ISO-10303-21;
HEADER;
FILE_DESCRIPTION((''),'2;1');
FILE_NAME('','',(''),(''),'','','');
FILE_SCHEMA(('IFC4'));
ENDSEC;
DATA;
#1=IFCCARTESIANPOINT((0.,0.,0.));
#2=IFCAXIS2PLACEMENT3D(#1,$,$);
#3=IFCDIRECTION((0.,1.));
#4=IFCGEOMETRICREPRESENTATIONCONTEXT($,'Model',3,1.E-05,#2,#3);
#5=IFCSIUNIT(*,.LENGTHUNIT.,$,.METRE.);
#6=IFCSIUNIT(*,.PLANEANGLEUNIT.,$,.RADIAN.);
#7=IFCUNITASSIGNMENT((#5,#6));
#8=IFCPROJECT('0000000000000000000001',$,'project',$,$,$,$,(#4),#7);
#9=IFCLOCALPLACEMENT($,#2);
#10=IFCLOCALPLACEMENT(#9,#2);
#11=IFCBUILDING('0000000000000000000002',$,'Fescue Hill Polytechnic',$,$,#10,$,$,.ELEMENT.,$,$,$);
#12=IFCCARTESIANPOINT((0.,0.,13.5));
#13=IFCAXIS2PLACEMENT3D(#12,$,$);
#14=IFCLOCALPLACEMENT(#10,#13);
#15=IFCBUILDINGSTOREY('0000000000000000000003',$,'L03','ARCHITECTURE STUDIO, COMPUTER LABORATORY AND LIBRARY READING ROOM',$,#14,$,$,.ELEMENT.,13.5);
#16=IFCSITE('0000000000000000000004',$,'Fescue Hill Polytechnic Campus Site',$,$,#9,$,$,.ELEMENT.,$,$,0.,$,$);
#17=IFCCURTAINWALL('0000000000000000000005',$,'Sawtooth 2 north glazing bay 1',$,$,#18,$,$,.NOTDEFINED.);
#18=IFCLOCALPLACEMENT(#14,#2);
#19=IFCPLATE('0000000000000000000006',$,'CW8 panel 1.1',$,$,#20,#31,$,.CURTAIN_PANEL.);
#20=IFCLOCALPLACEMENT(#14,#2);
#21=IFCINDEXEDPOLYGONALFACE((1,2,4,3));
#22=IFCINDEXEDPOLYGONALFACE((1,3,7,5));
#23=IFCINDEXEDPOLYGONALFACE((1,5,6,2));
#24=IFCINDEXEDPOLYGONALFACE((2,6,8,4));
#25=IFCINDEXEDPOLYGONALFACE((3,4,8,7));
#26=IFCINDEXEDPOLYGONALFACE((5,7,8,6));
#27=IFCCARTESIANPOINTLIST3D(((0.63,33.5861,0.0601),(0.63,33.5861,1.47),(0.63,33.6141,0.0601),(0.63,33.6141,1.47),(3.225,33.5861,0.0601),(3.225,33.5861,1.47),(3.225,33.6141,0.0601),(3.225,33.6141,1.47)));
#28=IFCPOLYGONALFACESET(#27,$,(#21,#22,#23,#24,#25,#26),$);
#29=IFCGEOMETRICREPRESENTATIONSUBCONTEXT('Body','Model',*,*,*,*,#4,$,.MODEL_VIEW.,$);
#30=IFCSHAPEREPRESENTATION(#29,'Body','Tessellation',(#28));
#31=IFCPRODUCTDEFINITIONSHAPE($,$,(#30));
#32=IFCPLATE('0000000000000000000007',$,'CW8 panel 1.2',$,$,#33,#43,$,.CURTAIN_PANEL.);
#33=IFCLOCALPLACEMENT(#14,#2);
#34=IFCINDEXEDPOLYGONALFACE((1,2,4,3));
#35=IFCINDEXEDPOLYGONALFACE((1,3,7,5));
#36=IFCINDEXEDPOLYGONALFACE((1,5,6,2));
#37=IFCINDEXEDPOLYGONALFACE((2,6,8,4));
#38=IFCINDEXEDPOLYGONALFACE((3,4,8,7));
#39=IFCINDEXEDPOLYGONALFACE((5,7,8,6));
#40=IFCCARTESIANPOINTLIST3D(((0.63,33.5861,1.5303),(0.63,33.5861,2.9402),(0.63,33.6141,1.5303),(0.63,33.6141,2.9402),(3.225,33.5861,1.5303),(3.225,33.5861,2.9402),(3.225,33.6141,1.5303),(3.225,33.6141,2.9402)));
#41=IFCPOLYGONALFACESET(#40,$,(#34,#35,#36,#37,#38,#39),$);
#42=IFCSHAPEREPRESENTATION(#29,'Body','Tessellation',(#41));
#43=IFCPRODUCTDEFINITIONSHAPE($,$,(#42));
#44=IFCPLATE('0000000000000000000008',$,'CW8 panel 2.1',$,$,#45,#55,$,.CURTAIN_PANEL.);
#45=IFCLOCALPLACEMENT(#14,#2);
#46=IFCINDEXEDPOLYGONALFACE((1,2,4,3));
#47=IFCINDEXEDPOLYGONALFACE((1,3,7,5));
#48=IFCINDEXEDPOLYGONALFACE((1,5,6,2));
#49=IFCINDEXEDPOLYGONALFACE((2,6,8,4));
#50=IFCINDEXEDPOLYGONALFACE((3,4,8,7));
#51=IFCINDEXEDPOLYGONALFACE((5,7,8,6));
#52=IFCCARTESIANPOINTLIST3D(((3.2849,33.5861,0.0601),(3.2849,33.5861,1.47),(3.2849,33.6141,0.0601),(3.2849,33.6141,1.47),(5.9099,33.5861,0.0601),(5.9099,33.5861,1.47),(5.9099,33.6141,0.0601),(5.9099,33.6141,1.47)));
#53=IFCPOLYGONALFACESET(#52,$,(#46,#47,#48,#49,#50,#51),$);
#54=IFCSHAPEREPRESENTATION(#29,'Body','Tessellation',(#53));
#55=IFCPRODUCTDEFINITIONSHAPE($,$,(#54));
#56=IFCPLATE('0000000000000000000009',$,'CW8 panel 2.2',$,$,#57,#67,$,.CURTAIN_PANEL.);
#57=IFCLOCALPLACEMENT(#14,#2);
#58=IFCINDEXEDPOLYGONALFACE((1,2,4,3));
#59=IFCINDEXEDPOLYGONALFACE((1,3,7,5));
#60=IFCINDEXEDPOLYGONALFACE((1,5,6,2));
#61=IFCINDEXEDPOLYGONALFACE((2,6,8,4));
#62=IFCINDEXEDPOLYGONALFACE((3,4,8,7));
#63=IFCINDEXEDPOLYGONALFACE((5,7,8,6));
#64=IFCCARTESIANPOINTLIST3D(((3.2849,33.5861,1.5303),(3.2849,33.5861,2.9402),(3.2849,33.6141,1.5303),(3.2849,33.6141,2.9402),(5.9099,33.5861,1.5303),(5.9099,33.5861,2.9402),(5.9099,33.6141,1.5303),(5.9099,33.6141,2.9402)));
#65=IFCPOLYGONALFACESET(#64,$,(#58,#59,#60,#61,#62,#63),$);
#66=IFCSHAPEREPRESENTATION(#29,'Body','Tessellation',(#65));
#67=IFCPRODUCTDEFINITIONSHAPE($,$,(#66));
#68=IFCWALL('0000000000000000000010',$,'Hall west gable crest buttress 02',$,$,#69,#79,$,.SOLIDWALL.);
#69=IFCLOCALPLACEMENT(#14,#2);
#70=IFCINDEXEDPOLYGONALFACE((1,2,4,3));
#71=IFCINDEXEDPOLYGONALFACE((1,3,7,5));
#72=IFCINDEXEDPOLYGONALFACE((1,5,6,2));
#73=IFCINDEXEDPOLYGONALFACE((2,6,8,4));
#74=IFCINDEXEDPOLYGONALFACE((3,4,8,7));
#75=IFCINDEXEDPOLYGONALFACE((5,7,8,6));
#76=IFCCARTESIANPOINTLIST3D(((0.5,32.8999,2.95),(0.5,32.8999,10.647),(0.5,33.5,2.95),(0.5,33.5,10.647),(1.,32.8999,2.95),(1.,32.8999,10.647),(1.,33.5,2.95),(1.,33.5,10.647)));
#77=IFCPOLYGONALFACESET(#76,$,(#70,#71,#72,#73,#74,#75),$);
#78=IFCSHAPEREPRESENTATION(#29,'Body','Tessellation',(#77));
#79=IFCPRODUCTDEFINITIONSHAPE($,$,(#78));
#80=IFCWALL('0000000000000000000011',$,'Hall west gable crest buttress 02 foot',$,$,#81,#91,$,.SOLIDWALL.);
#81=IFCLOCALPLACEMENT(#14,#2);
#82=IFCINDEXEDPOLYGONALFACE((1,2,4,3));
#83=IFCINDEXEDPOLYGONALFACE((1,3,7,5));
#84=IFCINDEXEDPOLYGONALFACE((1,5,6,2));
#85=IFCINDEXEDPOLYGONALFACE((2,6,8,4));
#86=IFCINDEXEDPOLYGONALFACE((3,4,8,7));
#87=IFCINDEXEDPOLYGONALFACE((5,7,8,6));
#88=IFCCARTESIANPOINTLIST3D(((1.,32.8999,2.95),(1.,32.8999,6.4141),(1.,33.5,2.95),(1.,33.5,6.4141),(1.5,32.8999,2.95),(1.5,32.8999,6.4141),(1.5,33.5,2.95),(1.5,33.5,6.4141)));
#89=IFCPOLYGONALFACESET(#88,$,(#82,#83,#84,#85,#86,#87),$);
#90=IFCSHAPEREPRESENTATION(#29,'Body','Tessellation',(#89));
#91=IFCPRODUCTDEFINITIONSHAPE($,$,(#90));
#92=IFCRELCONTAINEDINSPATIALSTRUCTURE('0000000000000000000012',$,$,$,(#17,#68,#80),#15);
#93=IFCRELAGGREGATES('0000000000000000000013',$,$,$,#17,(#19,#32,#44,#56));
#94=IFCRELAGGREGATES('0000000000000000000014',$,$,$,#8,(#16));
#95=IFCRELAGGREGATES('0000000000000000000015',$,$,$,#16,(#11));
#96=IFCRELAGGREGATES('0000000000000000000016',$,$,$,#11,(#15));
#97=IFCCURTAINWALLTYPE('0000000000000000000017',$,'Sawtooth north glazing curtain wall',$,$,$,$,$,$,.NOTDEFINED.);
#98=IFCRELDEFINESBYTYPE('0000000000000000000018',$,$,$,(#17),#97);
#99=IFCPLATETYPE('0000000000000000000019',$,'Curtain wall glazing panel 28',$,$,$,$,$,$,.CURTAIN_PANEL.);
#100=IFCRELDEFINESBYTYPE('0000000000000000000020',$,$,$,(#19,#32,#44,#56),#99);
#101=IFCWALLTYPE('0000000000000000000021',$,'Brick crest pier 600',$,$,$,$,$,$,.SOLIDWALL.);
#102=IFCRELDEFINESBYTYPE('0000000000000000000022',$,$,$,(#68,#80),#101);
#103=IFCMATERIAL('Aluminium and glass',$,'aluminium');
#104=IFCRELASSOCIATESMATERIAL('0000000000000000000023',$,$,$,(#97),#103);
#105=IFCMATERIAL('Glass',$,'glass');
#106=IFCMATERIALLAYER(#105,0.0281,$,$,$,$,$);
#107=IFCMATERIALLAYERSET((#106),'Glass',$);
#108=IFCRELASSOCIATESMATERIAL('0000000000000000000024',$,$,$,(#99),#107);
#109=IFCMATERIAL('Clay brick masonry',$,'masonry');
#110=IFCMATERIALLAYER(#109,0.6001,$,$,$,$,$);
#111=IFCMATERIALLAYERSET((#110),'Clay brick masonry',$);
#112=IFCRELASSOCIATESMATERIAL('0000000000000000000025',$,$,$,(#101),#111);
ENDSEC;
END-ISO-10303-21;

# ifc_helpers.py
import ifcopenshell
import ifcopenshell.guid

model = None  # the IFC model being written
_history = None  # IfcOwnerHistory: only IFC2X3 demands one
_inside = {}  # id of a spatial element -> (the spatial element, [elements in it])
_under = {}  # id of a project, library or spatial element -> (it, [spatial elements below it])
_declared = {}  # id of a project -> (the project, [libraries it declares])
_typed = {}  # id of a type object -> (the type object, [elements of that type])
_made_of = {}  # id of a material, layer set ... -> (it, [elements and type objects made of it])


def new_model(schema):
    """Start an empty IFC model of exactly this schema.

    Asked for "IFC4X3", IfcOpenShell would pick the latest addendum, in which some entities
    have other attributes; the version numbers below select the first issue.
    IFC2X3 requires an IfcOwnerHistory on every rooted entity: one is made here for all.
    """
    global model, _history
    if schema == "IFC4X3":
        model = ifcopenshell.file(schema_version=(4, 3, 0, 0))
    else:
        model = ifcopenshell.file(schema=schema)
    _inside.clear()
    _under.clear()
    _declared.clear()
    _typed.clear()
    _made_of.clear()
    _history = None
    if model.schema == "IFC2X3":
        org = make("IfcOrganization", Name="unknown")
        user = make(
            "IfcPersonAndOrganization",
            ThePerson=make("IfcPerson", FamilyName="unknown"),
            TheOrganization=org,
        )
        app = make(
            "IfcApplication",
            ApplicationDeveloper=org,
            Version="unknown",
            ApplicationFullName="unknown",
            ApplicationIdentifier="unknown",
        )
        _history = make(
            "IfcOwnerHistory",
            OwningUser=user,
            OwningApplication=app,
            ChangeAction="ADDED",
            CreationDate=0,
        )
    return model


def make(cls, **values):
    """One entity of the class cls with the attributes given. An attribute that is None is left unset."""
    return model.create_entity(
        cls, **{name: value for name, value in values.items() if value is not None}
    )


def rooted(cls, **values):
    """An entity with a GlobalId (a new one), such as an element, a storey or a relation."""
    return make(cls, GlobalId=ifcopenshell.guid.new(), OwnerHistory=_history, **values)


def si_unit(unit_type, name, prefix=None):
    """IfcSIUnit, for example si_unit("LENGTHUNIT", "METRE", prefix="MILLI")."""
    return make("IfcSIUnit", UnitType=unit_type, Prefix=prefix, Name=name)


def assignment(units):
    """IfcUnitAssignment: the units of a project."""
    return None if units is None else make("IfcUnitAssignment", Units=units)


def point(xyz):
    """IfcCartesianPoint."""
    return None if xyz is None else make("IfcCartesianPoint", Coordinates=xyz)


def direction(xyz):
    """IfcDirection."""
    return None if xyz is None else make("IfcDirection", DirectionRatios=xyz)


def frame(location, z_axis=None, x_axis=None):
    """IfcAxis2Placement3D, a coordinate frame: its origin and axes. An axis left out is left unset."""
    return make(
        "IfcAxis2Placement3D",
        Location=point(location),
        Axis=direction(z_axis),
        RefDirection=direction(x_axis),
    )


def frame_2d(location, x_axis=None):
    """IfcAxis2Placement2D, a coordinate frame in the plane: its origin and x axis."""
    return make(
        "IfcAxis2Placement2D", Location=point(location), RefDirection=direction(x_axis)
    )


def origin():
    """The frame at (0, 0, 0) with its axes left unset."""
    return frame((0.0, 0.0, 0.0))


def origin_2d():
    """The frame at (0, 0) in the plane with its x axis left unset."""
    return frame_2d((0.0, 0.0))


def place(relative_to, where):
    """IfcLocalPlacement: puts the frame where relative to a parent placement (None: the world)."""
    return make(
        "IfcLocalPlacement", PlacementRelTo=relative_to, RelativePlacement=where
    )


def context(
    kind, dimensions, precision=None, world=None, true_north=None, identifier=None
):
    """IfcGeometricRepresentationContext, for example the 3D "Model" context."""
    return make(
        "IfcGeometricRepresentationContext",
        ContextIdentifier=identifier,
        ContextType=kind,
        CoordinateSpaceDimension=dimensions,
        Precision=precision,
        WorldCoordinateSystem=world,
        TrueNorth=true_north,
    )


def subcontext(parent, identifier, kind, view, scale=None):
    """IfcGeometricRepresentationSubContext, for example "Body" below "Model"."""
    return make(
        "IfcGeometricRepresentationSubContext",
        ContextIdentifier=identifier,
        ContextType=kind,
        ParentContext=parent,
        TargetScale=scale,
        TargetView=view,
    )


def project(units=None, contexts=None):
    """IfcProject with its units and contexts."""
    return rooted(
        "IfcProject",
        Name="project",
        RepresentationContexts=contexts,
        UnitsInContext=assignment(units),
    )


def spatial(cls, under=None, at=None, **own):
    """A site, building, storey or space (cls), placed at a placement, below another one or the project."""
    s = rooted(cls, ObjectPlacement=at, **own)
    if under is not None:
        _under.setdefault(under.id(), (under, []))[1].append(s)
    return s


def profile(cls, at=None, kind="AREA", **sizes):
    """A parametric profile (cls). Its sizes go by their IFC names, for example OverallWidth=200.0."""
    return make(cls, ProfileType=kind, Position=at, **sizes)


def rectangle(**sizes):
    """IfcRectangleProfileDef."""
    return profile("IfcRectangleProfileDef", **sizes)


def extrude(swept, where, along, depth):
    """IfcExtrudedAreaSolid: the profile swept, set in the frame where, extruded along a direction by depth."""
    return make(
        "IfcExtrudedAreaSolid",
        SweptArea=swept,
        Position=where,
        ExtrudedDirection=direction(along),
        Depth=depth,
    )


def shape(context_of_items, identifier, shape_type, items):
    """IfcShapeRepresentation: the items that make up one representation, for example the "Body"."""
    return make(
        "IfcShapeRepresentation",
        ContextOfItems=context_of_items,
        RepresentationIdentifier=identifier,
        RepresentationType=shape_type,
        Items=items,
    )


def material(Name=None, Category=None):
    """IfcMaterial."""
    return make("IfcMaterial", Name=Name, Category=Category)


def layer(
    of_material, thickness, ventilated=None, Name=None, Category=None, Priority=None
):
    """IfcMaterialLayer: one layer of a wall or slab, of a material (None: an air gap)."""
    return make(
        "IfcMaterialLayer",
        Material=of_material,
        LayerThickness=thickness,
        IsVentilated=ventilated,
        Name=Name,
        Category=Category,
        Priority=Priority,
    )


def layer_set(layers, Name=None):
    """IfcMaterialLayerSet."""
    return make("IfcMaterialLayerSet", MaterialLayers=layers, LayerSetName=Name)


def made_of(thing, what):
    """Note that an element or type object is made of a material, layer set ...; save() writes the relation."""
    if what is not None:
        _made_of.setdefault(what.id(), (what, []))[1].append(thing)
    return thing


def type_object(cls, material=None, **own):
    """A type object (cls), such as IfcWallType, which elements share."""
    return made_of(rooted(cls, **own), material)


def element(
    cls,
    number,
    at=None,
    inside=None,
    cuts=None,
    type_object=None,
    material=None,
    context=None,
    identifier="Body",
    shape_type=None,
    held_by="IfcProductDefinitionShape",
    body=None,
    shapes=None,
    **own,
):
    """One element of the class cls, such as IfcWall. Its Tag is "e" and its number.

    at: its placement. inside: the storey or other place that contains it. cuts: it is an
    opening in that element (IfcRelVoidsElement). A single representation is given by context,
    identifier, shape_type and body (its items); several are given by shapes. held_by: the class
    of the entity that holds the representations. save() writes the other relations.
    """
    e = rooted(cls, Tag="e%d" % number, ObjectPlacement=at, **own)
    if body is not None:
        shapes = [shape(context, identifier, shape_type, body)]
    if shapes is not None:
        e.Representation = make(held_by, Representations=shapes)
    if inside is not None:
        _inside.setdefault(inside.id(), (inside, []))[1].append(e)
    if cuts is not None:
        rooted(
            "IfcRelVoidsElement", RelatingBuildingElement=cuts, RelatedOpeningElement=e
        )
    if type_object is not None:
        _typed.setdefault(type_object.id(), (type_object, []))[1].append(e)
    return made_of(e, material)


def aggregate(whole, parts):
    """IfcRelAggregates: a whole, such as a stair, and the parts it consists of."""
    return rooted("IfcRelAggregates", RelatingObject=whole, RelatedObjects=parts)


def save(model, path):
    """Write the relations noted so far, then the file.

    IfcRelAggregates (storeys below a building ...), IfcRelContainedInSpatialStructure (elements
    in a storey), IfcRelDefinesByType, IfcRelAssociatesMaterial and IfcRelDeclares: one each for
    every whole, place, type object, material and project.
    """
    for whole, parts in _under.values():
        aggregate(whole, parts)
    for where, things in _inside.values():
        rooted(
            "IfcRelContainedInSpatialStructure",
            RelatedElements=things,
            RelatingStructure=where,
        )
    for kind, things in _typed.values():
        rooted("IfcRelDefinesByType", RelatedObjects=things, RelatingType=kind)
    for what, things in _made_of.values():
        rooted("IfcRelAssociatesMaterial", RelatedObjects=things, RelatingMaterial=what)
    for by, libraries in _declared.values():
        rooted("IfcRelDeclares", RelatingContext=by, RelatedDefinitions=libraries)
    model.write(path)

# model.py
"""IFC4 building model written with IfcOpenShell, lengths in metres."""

from ifc_helpers import new_model, si_unit, direction, frame, frame_2d, origin, origin_2d, place, context, subcontext, project, spatial, rectangle, extrude, material, layer, layer_set, type_object, element, aggregate, save


model = new_model("IFC4")

# Units and contexts
model_context = context("Model", 3, precision=1e-05, world=origin(), true_north=direction((0.0, 1.0)))
body_context = subcontext(model_context, "Body", "Model", "MODEL_VIEW")
ifc_project = project(units=[si_unit("LENGTHUNIT", "METRE"), si_unit("PLANEANGLEUNIT", "RADIAN")], contexts=[model_context])

# Site, building, storey
site_placement = place(None, origin())
site = spatial("IfcSite", under=ifc_project, at=site_placement, Name="Fescue Hill Polytechnic Campus Site", CompositionType="ELEMENT", RefElevation=0.0)
building_placement = place(site_placement, origin())
building = spatial("IfcBuilding", under=site, at=building_placement, Name="Fescue Hill Polytechnic", CompositionType="ELEMENT")
storey_placement = place(building_placement, frame((0.0, 0.0, 13.5)))
storey = spatial("IfcBuildingStorey", under=building, at=storey_placement, Name="L03", Description="ARCHITECTURE STUDIO, COMPUTER LABORATORY AND LIBRARY READING ROOM", CompositionType="ELEMENT", Elevation=13.5)

# Curtain wall
ifc_material_1 = material(Name="Aluminium and glass", Category="aluminium")
curtain_wall_type = type_object("IfcCurtainWallType", Name="Sawtooth north glazing curtain wall", PredefinedType="NOTDEFINED", material=ifc_material_1)
curtain_wall_placement = place(storey_placement, origin())
curtain_wall = element("IfcCurtainWall", 1, at=curtain_wall_placement, inside=storey, type_object=curtain_wall_type, Name="Sawtooth 2 north glazing bay 1", PredefinedType="NOTDEFINED")

# Plates
ifc_material_2 = material(Name="Glass", Category="glass")
ifc_layer_1 = layer(ifc_material_2, 0.0281)
ifc_layer_set_1 = layer_set([ifc_layer_1], Name="Glass")
plate_type = type_object("IfcPlateType", Name="Curtain wall glazing panel 28", PredefinedType="CURTAIN_PANEL", material=ifc_layer_set_1)
plate_1_placement = place(storey_placement, frame((1.9275, 33.6001, 0.0601), z_axis=(0.0, 0.0, 1.0), x_axis=(1.0, 0.0, 0.0)))
plate_1 = element("IfcPlate", 2, at=plate_1_placement, type_object=plate_type, Name="CW8 panel 1.1", PredefinedType="CURTAIN_PANEL", context=body_context, shape_type="SweptSolid", body=[
    extrude(rectangle(XDim=2.595, YDim=0.0281, at=origin_2d()), origin(), (0.0, 0.0, 1.0), 1.4099),
])
plate_2_placement = place(storey_placement, frame((1.9275, 33.6001, 1.5303), z_axis=(0.0, 0.0, 1.0), x_axis=(1.0, 0.0, 0.0)))
plate_2 = element("IfcPlate", 3, at=plate_2_placement, type_object=plate_type, Name="CW8 panel 1.2", PredefinedType="CURTAIN_PANEL", context=body_context, shape_type="SweptSolid", body=[
    extrude(rectangle(XDim=2.595, YDim=0.0281, at=origin_2d()), origin(), (0.0, 0.0, 1.0), 1.4099),
])
plate_3_placement = place(storey_placement, frame((4.5974, 33.6001, 0.0601), z_axis=(0.0, 0.0, 1.0), x_axis=(1.0, 0.0, 0.0)))
plate_3 = element("IfcPlate", 4, at=plate_3_placement, type_object=plate_type, Name="CW8 panel 2.1", PredefinedType="CURTAIN_PANEL", context=body_context, shape_type="SweptSolid", body=[
    extrude(rectangle(XDim=2.625, YDim=0.0281, at=origin_2d()), origin(), (0.0, 0.0, 1.0), 1.4099),
])
plate_4_placement = place(storey_placement, frame((4.5974, 33.6001, 1.5303), z_axis=(0.0, 0.0, 1.0), x_axis=(1.0, 0.0, 0.0)))
plate_4 = element("IfcPlate", 5, at=plate_4_placement, type_object=plate_type, Name="CW8 panel 2.2", PredefinedType="CURTAIN_PANEL", context=body_context, shape_type="SweptSolid", body=[
    extrude(rectangle(XDim=2.625, YDim=0.0281, at=origin_2d()), origin(), (0.0, 0.0, 1.0), 1.4099),
])
aggregate(curtain_wall, [plate_1, plate_2, plate_3, plate_4])

# Walls
ifc_material_3 = material(Name="Clay brick masonry", Category="masonry")
ifc_layer_2 = layer(ifc_material_3, 0.6001)
ifc_layer_set_2 = layer_set([ifc_layer_2], Name="Clay brick masonry")
wall_type = type_object("IfcWallType", Name="Brick crest pier 600", PredefinedType="SOLIDWALL", material=ifc_layer_set_2)
wall_1_placement = place(storey_placement, frame((0.5, 33.2, 2.95), z_axis=(0.0, 0.0, 1.0), x_axis=(1.0, 0.0, 0.0)))
element("IfcWall", 6, at=wall_1_placement, inside=storey, type_object=wall_type, Name="Hall west gable crest buttress 02", PredefinedType="SOLIDWALL", context=body_context, shape_type="SweptSolid", body=[
    extrude(rectangle(XDim=0.5, YDim=0.6001, at=frame_2d((0.25, 0.0))), origin(), (0.0, 0.0, 1.0), 7.697),
])
wall_2_placement = place(storey_placement, frame((1.0, 33.2, 2.95), z_axis=(0.0, 0.0, 1.0), x_axis=(1.0, 0.0, 0.0)))
element("IfcWall", 7, at=wall_2_placement, inside=storey, type_object=wall_type, Name="Hall west gable crest buttress 02 foot", PredefinedType="SOLIDWALL", context=body_context, shape_type="SweptSolid", body=[
    extrude(rectangle(XDim=0.5, YDim=0.6001, at=frame_2d((0.25, 0.0))), origin(), (0.0, 0.0, 1.0), 3.4641),
])

save(model, "model.ifc")
